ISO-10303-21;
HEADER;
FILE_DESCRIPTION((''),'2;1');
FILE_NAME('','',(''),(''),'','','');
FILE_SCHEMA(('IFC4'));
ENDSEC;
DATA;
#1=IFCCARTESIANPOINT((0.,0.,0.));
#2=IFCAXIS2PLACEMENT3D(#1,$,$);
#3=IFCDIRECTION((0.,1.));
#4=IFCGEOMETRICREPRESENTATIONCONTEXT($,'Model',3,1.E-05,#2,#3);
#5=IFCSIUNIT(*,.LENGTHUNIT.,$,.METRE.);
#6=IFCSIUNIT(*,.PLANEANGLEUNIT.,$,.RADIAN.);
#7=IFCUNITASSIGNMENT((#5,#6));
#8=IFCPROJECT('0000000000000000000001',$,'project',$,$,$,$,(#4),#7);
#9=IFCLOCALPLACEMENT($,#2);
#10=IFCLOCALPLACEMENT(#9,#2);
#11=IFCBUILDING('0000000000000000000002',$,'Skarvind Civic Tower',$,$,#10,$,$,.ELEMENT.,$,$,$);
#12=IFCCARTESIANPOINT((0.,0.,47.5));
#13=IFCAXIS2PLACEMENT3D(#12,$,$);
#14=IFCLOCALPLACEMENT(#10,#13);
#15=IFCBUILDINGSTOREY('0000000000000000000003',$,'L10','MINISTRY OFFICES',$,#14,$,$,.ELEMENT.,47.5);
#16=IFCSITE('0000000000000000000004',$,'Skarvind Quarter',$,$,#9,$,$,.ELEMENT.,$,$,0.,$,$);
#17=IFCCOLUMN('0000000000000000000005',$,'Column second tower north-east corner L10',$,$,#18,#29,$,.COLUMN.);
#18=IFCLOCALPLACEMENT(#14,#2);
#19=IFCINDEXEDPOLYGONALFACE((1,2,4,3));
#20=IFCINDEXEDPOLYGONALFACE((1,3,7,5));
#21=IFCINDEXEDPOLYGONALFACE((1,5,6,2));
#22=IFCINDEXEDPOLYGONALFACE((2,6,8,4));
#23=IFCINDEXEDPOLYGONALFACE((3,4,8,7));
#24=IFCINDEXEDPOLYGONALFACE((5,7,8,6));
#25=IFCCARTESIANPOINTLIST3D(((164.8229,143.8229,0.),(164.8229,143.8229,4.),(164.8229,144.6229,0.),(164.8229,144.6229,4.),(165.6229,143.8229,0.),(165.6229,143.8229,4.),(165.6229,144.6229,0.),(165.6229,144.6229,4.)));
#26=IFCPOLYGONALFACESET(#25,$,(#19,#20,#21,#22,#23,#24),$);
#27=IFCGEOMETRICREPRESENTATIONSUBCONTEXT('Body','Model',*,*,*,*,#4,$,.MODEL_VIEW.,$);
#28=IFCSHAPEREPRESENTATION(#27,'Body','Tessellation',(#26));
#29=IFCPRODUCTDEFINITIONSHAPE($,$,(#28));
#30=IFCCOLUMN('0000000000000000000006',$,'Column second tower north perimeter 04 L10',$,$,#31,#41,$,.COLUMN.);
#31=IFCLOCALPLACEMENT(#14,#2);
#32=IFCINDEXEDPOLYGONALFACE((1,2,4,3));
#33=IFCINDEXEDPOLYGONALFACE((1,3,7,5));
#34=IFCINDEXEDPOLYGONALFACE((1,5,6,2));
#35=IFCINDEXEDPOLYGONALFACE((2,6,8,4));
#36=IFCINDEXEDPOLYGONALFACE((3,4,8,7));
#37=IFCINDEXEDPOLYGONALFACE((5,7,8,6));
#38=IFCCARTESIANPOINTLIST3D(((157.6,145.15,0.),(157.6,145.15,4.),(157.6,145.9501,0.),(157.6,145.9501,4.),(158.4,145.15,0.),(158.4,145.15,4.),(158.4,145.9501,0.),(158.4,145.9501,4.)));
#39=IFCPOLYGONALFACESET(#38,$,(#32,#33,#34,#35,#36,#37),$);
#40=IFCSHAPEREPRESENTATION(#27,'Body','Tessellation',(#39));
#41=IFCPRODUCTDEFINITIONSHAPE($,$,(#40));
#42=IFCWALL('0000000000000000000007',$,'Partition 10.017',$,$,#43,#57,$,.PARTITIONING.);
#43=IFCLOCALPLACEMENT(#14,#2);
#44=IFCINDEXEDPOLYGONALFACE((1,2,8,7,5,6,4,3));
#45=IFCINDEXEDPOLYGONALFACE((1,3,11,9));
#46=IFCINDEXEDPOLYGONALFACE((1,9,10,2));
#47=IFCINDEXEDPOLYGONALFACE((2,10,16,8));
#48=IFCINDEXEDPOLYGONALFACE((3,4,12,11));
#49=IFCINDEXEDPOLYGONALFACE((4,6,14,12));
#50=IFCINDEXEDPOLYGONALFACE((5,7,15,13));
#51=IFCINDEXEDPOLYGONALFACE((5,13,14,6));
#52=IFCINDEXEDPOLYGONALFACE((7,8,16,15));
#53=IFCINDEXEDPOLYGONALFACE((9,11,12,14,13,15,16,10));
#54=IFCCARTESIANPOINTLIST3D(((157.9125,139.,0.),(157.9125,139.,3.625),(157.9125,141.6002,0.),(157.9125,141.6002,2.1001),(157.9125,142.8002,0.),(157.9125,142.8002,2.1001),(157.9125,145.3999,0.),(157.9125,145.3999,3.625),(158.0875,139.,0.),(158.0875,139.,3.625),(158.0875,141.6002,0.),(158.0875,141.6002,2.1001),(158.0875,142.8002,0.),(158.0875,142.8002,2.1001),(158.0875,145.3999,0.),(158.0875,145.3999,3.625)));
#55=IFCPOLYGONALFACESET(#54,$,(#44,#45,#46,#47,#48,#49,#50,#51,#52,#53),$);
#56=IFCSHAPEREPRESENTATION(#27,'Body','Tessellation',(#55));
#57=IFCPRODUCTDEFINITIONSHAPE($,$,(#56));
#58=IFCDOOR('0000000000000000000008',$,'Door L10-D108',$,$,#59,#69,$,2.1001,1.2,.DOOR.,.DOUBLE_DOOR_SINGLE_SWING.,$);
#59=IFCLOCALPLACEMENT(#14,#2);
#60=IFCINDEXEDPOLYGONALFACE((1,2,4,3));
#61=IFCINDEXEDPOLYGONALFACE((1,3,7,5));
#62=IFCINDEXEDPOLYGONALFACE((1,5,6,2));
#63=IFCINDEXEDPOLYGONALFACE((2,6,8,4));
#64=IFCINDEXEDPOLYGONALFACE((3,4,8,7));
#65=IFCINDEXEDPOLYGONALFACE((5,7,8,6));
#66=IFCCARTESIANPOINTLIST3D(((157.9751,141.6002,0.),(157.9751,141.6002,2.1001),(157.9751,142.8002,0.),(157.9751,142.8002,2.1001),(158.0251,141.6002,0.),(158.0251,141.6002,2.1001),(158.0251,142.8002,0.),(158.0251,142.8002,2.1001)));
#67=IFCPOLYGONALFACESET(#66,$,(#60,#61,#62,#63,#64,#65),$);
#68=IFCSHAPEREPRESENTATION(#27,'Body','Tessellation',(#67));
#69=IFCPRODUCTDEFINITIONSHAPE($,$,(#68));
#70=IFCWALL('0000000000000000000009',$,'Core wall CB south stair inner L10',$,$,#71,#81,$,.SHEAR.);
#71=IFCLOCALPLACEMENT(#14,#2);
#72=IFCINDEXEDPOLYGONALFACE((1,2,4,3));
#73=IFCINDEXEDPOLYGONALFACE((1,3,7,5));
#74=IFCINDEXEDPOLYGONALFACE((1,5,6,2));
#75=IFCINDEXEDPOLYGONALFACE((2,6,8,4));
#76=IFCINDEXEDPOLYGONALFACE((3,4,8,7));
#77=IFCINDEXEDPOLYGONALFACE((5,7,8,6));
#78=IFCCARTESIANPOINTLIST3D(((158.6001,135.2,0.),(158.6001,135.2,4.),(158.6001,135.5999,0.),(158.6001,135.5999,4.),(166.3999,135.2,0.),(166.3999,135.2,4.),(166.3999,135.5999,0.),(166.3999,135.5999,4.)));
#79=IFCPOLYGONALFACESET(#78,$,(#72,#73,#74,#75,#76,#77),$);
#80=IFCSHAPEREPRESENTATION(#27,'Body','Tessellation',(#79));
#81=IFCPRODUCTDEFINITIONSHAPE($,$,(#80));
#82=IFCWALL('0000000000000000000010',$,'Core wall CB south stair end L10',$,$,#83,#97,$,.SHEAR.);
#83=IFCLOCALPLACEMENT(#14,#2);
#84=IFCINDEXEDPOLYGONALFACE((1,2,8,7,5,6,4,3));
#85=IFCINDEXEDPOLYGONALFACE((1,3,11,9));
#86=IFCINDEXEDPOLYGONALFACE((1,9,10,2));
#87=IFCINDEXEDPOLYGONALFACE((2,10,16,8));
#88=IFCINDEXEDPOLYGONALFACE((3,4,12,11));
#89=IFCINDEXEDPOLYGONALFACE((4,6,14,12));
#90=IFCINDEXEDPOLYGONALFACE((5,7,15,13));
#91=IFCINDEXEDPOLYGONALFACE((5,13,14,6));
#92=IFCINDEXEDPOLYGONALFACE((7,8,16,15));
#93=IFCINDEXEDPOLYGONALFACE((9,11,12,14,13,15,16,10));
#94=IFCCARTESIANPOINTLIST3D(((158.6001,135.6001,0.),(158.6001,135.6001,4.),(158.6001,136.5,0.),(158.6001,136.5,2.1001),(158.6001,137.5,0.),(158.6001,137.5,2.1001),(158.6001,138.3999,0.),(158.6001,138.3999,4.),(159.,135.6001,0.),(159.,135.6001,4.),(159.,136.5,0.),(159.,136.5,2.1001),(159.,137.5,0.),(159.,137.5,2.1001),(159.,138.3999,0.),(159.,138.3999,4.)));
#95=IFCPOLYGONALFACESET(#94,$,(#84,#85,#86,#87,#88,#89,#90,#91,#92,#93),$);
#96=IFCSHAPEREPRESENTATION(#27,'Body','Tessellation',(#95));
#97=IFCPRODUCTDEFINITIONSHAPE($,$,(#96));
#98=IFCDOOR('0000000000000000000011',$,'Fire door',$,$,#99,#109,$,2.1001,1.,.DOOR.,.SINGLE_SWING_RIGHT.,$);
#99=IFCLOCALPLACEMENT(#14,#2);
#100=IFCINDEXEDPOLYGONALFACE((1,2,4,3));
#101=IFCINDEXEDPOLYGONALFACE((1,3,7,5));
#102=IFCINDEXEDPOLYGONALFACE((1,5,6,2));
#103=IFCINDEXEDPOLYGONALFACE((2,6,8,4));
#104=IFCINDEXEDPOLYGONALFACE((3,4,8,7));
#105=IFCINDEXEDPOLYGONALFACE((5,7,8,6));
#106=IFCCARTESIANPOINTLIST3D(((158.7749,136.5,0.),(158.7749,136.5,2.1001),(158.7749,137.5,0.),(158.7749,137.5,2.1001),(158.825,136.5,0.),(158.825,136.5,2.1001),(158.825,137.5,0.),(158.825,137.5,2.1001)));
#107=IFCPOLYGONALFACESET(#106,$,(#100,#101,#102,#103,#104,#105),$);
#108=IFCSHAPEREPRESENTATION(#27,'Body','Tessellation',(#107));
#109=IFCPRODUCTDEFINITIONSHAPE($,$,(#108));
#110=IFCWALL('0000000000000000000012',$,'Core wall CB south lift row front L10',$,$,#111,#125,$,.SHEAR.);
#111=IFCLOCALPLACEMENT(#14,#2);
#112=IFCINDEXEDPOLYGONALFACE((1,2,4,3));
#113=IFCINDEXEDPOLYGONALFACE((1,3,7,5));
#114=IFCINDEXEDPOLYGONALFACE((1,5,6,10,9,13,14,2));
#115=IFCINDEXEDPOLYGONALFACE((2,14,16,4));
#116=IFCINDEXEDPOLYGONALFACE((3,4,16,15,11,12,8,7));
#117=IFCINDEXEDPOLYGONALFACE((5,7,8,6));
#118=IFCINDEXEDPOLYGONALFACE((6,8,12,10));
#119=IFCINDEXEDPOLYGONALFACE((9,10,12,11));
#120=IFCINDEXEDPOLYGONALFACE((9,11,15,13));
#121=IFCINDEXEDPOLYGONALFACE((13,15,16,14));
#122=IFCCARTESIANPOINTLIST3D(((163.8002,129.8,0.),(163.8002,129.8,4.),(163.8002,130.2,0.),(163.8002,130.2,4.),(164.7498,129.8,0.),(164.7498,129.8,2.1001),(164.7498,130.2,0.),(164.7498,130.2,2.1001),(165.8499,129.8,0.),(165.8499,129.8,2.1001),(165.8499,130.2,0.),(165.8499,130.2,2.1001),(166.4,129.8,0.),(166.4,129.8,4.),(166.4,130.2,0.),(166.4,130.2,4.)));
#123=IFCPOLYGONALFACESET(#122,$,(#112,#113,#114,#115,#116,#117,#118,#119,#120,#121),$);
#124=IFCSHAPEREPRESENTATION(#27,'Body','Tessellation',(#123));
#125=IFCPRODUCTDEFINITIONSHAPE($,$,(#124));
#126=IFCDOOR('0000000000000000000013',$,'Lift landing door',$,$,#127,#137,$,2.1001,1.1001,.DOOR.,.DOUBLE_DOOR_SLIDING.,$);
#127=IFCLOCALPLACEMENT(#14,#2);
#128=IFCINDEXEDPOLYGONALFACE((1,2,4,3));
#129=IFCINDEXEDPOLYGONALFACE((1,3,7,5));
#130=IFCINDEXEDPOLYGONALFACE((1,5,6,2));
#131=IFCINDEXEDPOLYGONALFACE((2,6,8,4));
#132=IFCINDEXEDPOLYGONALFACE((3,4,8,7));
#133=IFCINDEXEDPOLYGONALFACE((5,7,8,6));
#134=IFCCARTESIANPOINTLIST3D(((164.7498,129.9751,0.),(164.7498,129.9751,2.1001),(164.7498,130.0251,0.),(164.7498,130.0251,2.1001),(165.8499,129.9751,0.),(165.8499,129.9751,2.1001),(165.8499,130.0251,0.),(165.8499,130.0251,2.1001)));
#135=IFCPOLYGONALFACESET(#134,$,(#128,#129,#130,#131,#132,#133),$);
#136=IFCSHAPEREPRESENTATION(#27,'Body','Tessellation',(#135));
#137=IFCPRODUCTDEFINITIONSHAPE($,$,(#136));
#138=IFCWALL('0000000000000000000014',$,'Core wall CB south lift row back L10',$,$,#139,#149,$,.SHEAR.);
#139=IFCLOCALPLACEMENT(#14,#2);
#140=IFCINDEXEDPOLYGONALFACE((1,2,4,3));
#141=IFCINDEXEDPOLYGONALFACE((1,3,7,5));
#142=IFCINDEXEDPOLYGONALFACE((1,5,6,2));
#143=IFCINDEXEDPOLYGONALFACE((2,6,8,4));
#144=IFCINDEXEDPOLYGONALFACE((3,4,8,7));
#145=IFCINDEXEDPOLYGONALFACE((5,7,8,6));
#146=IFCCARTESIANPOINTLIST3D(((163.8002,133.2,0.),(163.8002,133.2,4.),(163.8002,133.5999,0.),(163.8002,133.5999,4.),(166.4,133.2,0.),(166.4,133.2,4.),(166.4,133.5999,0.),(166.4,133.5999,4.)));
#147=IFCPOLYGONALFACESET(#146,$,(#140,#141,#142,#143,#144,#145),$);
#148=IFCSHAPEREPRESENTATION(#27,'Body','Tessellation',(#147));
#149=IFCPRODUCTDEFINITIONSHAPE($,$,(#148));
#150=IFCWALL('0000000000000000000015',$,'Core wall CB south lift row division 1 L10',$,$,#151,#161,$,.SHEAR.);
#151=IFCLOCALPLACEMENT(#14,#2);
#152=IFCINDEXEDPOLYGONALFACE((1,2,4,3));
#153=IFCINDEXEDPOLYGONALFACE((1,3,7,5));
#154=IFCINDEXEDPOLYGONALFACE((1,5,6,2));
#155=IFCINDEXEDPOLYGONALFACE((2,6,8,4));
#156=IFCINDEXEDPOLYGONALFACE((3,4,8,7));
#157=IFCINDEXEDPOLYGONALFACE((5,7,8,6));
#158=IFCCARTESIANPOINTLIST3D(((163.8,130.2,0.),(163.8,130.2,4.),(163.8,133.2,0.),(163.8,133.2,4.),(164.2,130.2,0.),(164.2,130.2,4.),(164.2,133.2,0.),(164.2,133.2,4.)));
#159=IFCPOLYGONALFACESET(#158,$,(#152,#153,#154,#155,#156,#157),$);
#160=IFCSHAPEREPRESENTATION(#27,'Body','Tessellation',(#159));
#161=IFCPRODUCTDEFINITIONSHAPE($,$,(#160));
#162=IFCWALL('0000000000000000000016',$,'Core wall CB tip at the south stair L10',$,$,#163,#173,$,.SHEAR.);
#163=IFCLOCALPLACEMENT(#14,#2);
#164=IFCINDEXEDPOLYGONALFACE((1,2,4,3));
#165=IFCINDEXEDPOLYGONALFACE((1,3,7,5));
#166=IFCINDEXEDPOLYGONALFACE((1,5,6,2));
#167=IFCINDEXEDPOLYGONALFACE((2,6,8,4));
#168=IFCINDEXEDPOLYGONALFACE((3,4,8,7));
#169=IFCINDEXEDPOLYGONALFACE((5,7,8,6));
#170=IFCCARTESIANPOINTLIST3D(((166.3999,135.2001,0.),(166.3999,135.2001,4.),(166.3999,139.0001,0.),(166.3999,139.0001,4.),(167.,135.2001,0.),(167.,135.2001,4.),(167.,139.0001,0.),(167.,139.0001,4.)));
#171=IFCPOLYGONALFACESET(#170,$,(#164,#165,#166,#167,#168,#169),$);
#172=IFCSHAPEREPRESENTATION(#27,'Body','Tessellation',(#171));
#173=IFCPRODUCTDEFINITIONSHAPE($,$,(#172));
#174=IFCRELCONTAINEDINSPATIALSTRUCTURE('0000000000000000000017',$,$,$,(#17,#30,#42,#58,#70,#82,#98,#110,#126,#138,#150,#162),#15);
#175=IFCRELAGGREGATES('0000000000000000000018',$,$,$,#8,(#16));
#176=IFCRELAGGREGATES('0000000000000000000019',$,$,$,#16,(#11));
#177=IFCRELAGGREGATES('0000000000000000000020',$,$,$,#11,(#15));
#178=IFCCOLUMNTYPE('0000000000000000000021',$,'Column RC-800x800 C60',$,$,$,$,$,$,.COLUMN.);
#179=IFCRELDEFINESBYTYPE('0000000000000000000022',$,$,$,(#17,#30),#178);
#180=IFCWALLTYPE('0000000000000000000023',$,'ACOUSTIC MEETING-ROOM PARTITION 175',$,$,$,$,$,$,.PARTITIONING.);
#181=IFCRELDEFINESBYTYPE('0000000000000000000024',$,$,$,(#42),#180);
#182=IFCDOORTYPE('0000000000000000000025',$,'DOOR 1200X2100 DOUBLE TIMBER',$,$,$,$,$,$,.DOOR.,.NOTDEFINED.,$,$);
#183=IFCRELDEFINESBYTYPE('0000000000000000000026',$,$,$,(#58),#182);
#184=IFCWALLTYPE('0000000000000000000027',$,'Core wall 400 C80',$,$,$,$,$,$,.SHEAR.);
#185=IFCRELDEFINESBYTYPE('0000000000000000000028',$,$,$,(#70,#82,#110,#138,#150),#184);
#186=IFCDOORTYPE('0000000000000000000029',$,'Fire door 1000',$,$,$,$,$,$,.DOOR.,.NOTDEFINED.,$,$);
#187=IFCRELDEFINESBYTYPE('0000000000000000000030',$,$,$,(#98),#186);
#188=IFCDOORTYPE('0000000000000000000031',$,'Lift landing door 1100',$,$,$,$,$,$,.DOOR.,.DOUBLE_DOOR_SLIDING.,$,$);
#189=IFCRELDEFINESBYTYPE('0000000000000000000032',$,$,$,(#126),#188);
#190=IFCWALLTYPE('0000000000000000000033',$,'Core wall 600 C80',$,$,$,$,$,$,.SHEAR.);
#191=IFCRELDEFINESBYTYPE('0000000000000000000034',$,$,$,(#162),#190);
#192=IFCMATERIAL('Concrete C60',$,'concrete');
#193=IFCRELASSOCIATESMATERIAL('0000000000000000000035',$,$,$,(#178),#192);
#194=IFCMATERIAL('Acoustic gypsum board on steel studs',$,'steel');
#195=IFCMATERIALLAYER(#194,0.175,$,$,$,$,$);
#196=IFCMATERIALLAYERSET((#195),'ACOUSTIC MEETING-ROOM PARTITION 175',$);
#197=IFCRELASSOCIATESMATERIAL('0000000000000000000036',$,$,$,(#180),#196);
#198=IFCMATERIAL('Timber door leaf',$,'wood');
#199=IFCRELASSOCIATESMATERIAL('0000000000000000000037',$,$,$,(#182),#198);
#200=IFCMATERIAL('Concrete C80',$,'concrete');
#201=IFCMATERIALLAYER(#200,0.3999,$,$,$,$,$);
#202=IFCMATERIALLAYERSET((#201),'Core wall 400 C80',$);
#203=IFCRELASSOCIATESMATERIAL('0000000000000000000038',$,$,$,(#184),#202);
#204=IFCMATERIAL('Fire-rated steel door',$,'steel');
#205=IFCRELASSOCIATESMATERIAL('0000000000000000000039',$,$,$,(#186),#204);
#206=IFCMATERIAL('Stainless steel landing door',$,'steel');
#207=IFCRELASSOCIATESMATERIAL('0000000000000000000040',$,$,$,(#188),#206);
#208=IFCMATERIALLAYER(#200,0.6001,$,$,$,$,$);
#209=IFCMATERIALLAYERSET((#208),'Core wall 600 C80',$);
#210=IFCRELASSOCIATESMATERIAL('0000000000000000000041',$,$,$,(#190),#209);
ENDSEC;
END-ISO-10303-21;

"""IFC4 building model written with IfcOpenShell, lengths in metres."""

from ifc_helpers import new_model, si_unit, direction, frame, frame_2d, origin, origin_2d, place, context, subcontext, project, spatial, rectangle, extrude, material, layer, layer_set, material_profile, profile_set, type_object, element, fill, save


model = new_model("IFC4")

# Units and contexts
model_context = context("Model", 3, precision=1e-05, world=origin(), true_north=direction((0.0, 1.0)))
body_context = subcontext(model_context, "Body", "Model", "MODEL_VIEW")
ifc_project = project(units=[si_unit("LENGTHUNIT", "METRE"), si_unit("PLANEANGLEUNIT", "RADIAN")], contexts=[model_context])

# Site, building, storey
site_placement = place(None, origin())
site = spatial("IfcSite", under=ifc_project, at=site_placement, Name="Skarvind Quarter", CompositionType="ELEMENT", RefElevation=0.0)
building_placement = place(site_placement, origin())
building = spatial("IfcBuilding", under=site, at=building_placement, Name="Skarvind Civic Tower", CompositionType="ELEMENT")
storey_placement = place(building_placement, frame((0.0, 0.0, 47.5)))
storey = spatial("IfcBuildingStorey", under=building, at=storey_placement, Name="L10", Description="MINISTRY OFFICES", CompositionType="ELEMENT", Elevation=47.5)

# Columns
ifc_material_1 = material(Name="Concrete C60", Category="concrete")
ifc_material_profile = material_profile(ifc_material_1, rectangle(XDim=0.8, YDim=0.8, at=origin_2d()), Name="RC-800x800")
ifc_profile_set = profile_set([ifc_material_profile], Name="Concrete C60")
column_type = type_object("IfcColumnType", Name="Column RC-800x800 C60", PredefinedType="COLUMN", material=ifc_profile_set)
for number, where, z_axis, x_axis, name in (
    (1, (165.2229, 144.2229, 0.0), (0.0, 0.0, 1.0), (1.0, 0.0, 0.0), "Column second tower north-east corner L10"),
    (2, (158.0, 145.55, 0.0), (0.0, 0.0, 1.0), (1.0, 0.0, 0.0), "Column second tower north perimeter 04 L10"),
):
    element("IfcColumn", number, at=place(storey_placement, frame(where, z_axis=z_axis, x_axis=x_axis)), inside=storey, type_object=column_type, Name=name, PredefinedType="COLUMN", context=body_context, shape_type="SweptSolid", body=[
        extrude(rectangle(XDim=0.8, YDim=0.8, at=origin_2d()), origin(), (0.0, 0.0, 1.0), 4.0),
    ])

# Wall, opening, door
ifc_material_2 = material(Name="Acoustic gypsum board on steel studs", Category="steel")
ifc_layer_1 = layer(ifc_material_2, 0.175)
ifc_layer_set_1 = layer_set([ifc_layer_1], Name="ACOUSTIC MEETING-ROOM PARTITION 175")
wall_type_1 = type_object("IfcWallType", Name="ACOUSTIC MEETING-ROOM PARTITION 175", PredefinedType="PARTITIONING", material=ifc_layer_set_1)
wall_1_placement = place(storey_placement, frame((158.0, 139.0, 0.0), z_axis=(0.0, 0.0, 1.0), x_axis=(0.0, 1.0, 0.0)))
wall_1 = element("IfcWall", 3, at=wall_1_placement, inside=storey, type_object=wall_type_1, Name="Partition 10.017", PredefinedType="PARTITIONING", context=body_context, shape_type="SweptSolid", body=[
    extrude(rectangle(XDim=6.3999, YDim=0.175, at=frame_2d((3.2, 0.0))), origin(), (0.0, 0.0, 1.0), 3.625),
])
opening_1_placement = place(wall_1_placement, frame((2.6001, 0.0, 0.0)))
opening_1 = element("IfcOpeningElement", 4, at=opening_1_placement, cuts=wall_1, PredefinedType="OPENING", context=body_context, shape_type="SweptSolid", body=[
    extrude(rectangle(XDim=1.2, YDim=2.1001, at=frame_2d((0.6001, 1.05))), frame((0.0, 0.0974, 0.0), z_axis=(0.0, -1.0, 0.0), x_axis=(1.0, 0.0, 0.0)), (0.0, 0.0, 1.0), 0.1951),
])
ifc_material_3 = material(Name="Timber door leaf", Category="wood")
door_type_1 = type_object("IfcDoorType", Name="DOOR 1200X2100 DOUBLE TIMBER", OperationType="NOTDEFINED", PredefinedType="DOOR", material=ifc_material_3)
door_1_placement = place(opening_1_placement, origin())
door_1 = element("IfcDoor", 5, at=door_1_placement, inside=storey, type_object=door_type_1, Name="Door L10-D108", OperationType="DOUBLE_DOOR_SINGLE_SWING", OverallHeight=2.1001, OverallWidth=1.2, PredefinedType="DOOR", context=body_context, shape_type="SweptSolid", body=[
    extrude(rectangle(XDim=1.2, YDim=2.1001, at=frame_2d((0.6001, 1.05))), frame((0.0, 0.0249, 0.0), z_axis=(0.0, -1.0, 0.0), x_axis=(1.0, 0.0, 0.0)), (0.0, 0.0, 1.0), 0.05),
])
fill(opening_1, door_1)

# Wall
ifc_material_4 = material(Name="Concrete C80", Category="concrete")
ifc_layer_2 = layer(ifc_material_4, 0.3999)
ifc_layer_set_2 = layer_set([ifc_layer_2], Name="Core wall 400 C80")
wall_type_2 = type_object("IfcWallType", Name="Core wall 400 C80", PredefinedType="SHEAR", material=ifc_layer_set_2)
wall_2_placement = place(storey_placement, frame((166.3999, 135.3999, 0.0), z_axis=(0.0, 0.0, 1.0), x_axis=(-1.0, 0.0, 0.0)))
element("IfcWall", 6, at=wall_2_placement, inside=storey, type_object=wall_type_2, Name="Core wall CB south stair inner L10", PredefinedType="SHEAR", context=body_context, shape_type="SweptSolid", body=[
    extrude(rectangle(XDim=7.7998, YDim=0.3999, at=frame_2d((3.8999, 0.0))), origin(), (0.0, 0.0, 1.0), 4.0),
])

# Walls, openings, doors
wall_3_placement = place(storey_placement, frame((158.8, 138.3999, 0.0), z_axis=(0.0, 0.0, 1.0), x_axis=(0.0, -1.0, 0.0)))
wall_3 = element("IfcWall", 7, at=wall_3_placement, inside=storey, type_object=wall_type_2, Name="Core wall CB south stair end L10", PredefinedType="SHEAR", context=body_context, shape_type="SweptSolid", body=[
    extrude(rectangle(XDim=2.7998, YDim=0.3999, at=frame_2d((1.3999, 0.0))), origin(), (0.0, 0.0, 1.0), 4.0),
])
opening_2_placement = place(wall_3_placement, frame((0.8999, 0.0, 0.0)))
opening_2 = element("IfcOpeningElement", 8, at=opening_2_placement, cuts=wall_3, PredefinedType="OPENING", context=body_context, shape_type="SweptSolid", body=[
    extrude(rectangle(XDim=1.0, YDim=2.1001, at=frame_2d((0.5, 1.05))), frame((0.0, 0.21, 0.0), z_axis=(0.0, -1.0, 0.0), x_axis=(1.0, 0.0, 0.0)), (0.0, 0.0, 1.0), 0.4199),
])
ifc_material_5 = material(Name="Fire-rated steel door", Category="steel")
door_type_2 = type_object("IfcDoorType", Name="Fire door 1000", OperationType="NOTDEFINED", PredefinedType="DOOR", material=ifc_material_5)
door_2_placement = place(opening_2_placement, origin())
door_2 = element("IfcDoor", 9, at=door_2_placement, inside=storey, type_object=door_type_2, Name="Fire door", OperationType="SINGLE_SWING_RIGHT", OverallHeight=2.1001, OverallWidth=1.0, PredefinedType="DOOR", context=body_context, shape_type="SweptSolid", body=[
    extrude(rectangle(XDim=1.0, YDim=2.1001, at=frame_2d((0.5, 1.05))), frame((0.0, 0.0249, 0.0), z_axis=(0.0, -1.0, 0.0), x_axis=(1.0, 0.0, 0.0)), (0.0, 0.0, 1.0), 0.05),
])
fill(opening_2, door_2)
wall_4_placement = place(storey_placement, frame((166.3999, 130.0, 0.0), z_axis=(0.0, 0.0, 1.0), x_axis=(-1.0, 0.0, 0.0)))
wall_4 = element("IfcWall", 10, at=wall_4_placement, inside=storey, type_object=wall_type_2, Name="Core wall CB south lift row front L10", PredefinedType="SHEAR", context=body_context, shape_type="SweptSolid", body=[
    extrude(rectangle(XDim=2.5999, YDim=0.3999, at=frame_2d((1.2998, 0.0))), origin(), (0.0, 0.0, 1.0), 4.0),
])
opening_3_placement = place(wall_4_placement, frame((0.55, 0.0, 0.0)))
opening_3 = element("IfcOpeningElement", 11, at=opening_3_placement, cuts=wall_4, PredefinedType="OPENING", context=body_context, shape_type="SweptSolid", body=[
    extrude(rectangle(XDim=1.1001, YDim=2.1001, at=frame_2d((0.55, 1.05))), frame((0.0, 0.21, 0.0), z_axis=(0.0, -1.0, 0.0), x_axis=(1.0, 0.0, 0.0)), (0.0, 0.0, 1.0), 0.4199),
])
ifc_material_6 = material(Name="Stainless steel landing door", Category="steel")
door_type_3 = type_object("IfcDoorType", Name="Lift landing door 1100", OperationType="DOUBLE_DOOR_SLIDING", PredefinedType="DOOR", material=ifc_material_6)
door_3_placement = place(opening_3_placement, origin())
door_3 = element("IfcDoor", 12, at=door_3_placement, inside=storey, type_object=door_type_3, Name="Lift landing door", OperationType="DOUBLE_DOOR_SLIDING", OverallHeight=2.1001, OverallWidth=1.1001, PredefinedType="DOOR", context=body_context, shape_type="SweptSolid", body=[
    extrude(rectangle(XDim=1.1001, YDim=2.1001, at=frame_2d((0.55, 1.05))), frame((0.0, 0.0249, 0.0), z_axis=(0.0, -1.0, 0.0), x_axis=(1.0, 0.0, 0.0)), (0.0, 0.0, 1.0), 0.05),
])
fill(opening_3, door_3)

# Walls
wall_5_placement = place(storey_placement, frame((166.3999, 133.3999, 0.0), z_axis=(0.0, 0.0, 1.0), x_axis=(-1.0, 0.0, 0.0)))
element("IfcWall", 13, at=wall_5_placement, inside=storey, type_object=wall_type_2, Name="Core wall CB south lift row back L10", PredefinedType="SHEAR", context=body_context, shape_type="SweptSolid", body=[
    extrude(rectangle(XDim=2.5999, YDim=0.3999, at=frame_2d((1.2998, 0.0))), origin(), (0.0, 0.0, 1.0), 4.0),
])
wall_6_placement = place(storey_placement, frame((164.0, 133.2, 0.0), z_axis=(0.0, 0.0, 1.0), x_axis=(0.0, -1.0, 0.0)))
element("IfcWall", 14, at=wall_6_placement, inside=storey, type_object=wall_type_2, Name="Core wall CB south lift row division 1 L10", PredefinedType="SHEAR", context=body_context, shape_type="SweptSolid", body=[
    extrude(rectangle(XDim=3.0, YDim=0.3999, at=frame_2d((1.5, 0.0))), origin(), (0.0, 0.0, 1.0), 4.0),
])
ifc_layer_3 = layer(ifc_material_4, 0.6001)
ifc_layer_set_3 = layer_set([ifc_layer_3], Name="Core wall 600 C80")
wall_type_3 = type_object("IfcWallType", Name="Core wall 600 C80", PredefinedType="SHEAR", material=ifc_layer_set_3)
wall_7_placement = place(storey_placement, frame((166.7, 139.0, 0.0), z_axis=(0.0, 0.0, 1.0), x_axis=(0.0, -1.0, 0.0)))
element("IfcWall", 15, at=wall_7_placement, inside=storey, type_object=wall_type_3, Name="Core wall CB tip at the south stair L10", PredefinedType="SHEAR", context=body_context, shape_type="SweptSolid", body=[
    extrude(rectangle(XDim=3.8, YDim=0.6001, at=frame_2d((1.8999, 0.0))), origin(), (0.0, 0.0, 1.0), 4.0),
])

save(model, "model.ifc")
